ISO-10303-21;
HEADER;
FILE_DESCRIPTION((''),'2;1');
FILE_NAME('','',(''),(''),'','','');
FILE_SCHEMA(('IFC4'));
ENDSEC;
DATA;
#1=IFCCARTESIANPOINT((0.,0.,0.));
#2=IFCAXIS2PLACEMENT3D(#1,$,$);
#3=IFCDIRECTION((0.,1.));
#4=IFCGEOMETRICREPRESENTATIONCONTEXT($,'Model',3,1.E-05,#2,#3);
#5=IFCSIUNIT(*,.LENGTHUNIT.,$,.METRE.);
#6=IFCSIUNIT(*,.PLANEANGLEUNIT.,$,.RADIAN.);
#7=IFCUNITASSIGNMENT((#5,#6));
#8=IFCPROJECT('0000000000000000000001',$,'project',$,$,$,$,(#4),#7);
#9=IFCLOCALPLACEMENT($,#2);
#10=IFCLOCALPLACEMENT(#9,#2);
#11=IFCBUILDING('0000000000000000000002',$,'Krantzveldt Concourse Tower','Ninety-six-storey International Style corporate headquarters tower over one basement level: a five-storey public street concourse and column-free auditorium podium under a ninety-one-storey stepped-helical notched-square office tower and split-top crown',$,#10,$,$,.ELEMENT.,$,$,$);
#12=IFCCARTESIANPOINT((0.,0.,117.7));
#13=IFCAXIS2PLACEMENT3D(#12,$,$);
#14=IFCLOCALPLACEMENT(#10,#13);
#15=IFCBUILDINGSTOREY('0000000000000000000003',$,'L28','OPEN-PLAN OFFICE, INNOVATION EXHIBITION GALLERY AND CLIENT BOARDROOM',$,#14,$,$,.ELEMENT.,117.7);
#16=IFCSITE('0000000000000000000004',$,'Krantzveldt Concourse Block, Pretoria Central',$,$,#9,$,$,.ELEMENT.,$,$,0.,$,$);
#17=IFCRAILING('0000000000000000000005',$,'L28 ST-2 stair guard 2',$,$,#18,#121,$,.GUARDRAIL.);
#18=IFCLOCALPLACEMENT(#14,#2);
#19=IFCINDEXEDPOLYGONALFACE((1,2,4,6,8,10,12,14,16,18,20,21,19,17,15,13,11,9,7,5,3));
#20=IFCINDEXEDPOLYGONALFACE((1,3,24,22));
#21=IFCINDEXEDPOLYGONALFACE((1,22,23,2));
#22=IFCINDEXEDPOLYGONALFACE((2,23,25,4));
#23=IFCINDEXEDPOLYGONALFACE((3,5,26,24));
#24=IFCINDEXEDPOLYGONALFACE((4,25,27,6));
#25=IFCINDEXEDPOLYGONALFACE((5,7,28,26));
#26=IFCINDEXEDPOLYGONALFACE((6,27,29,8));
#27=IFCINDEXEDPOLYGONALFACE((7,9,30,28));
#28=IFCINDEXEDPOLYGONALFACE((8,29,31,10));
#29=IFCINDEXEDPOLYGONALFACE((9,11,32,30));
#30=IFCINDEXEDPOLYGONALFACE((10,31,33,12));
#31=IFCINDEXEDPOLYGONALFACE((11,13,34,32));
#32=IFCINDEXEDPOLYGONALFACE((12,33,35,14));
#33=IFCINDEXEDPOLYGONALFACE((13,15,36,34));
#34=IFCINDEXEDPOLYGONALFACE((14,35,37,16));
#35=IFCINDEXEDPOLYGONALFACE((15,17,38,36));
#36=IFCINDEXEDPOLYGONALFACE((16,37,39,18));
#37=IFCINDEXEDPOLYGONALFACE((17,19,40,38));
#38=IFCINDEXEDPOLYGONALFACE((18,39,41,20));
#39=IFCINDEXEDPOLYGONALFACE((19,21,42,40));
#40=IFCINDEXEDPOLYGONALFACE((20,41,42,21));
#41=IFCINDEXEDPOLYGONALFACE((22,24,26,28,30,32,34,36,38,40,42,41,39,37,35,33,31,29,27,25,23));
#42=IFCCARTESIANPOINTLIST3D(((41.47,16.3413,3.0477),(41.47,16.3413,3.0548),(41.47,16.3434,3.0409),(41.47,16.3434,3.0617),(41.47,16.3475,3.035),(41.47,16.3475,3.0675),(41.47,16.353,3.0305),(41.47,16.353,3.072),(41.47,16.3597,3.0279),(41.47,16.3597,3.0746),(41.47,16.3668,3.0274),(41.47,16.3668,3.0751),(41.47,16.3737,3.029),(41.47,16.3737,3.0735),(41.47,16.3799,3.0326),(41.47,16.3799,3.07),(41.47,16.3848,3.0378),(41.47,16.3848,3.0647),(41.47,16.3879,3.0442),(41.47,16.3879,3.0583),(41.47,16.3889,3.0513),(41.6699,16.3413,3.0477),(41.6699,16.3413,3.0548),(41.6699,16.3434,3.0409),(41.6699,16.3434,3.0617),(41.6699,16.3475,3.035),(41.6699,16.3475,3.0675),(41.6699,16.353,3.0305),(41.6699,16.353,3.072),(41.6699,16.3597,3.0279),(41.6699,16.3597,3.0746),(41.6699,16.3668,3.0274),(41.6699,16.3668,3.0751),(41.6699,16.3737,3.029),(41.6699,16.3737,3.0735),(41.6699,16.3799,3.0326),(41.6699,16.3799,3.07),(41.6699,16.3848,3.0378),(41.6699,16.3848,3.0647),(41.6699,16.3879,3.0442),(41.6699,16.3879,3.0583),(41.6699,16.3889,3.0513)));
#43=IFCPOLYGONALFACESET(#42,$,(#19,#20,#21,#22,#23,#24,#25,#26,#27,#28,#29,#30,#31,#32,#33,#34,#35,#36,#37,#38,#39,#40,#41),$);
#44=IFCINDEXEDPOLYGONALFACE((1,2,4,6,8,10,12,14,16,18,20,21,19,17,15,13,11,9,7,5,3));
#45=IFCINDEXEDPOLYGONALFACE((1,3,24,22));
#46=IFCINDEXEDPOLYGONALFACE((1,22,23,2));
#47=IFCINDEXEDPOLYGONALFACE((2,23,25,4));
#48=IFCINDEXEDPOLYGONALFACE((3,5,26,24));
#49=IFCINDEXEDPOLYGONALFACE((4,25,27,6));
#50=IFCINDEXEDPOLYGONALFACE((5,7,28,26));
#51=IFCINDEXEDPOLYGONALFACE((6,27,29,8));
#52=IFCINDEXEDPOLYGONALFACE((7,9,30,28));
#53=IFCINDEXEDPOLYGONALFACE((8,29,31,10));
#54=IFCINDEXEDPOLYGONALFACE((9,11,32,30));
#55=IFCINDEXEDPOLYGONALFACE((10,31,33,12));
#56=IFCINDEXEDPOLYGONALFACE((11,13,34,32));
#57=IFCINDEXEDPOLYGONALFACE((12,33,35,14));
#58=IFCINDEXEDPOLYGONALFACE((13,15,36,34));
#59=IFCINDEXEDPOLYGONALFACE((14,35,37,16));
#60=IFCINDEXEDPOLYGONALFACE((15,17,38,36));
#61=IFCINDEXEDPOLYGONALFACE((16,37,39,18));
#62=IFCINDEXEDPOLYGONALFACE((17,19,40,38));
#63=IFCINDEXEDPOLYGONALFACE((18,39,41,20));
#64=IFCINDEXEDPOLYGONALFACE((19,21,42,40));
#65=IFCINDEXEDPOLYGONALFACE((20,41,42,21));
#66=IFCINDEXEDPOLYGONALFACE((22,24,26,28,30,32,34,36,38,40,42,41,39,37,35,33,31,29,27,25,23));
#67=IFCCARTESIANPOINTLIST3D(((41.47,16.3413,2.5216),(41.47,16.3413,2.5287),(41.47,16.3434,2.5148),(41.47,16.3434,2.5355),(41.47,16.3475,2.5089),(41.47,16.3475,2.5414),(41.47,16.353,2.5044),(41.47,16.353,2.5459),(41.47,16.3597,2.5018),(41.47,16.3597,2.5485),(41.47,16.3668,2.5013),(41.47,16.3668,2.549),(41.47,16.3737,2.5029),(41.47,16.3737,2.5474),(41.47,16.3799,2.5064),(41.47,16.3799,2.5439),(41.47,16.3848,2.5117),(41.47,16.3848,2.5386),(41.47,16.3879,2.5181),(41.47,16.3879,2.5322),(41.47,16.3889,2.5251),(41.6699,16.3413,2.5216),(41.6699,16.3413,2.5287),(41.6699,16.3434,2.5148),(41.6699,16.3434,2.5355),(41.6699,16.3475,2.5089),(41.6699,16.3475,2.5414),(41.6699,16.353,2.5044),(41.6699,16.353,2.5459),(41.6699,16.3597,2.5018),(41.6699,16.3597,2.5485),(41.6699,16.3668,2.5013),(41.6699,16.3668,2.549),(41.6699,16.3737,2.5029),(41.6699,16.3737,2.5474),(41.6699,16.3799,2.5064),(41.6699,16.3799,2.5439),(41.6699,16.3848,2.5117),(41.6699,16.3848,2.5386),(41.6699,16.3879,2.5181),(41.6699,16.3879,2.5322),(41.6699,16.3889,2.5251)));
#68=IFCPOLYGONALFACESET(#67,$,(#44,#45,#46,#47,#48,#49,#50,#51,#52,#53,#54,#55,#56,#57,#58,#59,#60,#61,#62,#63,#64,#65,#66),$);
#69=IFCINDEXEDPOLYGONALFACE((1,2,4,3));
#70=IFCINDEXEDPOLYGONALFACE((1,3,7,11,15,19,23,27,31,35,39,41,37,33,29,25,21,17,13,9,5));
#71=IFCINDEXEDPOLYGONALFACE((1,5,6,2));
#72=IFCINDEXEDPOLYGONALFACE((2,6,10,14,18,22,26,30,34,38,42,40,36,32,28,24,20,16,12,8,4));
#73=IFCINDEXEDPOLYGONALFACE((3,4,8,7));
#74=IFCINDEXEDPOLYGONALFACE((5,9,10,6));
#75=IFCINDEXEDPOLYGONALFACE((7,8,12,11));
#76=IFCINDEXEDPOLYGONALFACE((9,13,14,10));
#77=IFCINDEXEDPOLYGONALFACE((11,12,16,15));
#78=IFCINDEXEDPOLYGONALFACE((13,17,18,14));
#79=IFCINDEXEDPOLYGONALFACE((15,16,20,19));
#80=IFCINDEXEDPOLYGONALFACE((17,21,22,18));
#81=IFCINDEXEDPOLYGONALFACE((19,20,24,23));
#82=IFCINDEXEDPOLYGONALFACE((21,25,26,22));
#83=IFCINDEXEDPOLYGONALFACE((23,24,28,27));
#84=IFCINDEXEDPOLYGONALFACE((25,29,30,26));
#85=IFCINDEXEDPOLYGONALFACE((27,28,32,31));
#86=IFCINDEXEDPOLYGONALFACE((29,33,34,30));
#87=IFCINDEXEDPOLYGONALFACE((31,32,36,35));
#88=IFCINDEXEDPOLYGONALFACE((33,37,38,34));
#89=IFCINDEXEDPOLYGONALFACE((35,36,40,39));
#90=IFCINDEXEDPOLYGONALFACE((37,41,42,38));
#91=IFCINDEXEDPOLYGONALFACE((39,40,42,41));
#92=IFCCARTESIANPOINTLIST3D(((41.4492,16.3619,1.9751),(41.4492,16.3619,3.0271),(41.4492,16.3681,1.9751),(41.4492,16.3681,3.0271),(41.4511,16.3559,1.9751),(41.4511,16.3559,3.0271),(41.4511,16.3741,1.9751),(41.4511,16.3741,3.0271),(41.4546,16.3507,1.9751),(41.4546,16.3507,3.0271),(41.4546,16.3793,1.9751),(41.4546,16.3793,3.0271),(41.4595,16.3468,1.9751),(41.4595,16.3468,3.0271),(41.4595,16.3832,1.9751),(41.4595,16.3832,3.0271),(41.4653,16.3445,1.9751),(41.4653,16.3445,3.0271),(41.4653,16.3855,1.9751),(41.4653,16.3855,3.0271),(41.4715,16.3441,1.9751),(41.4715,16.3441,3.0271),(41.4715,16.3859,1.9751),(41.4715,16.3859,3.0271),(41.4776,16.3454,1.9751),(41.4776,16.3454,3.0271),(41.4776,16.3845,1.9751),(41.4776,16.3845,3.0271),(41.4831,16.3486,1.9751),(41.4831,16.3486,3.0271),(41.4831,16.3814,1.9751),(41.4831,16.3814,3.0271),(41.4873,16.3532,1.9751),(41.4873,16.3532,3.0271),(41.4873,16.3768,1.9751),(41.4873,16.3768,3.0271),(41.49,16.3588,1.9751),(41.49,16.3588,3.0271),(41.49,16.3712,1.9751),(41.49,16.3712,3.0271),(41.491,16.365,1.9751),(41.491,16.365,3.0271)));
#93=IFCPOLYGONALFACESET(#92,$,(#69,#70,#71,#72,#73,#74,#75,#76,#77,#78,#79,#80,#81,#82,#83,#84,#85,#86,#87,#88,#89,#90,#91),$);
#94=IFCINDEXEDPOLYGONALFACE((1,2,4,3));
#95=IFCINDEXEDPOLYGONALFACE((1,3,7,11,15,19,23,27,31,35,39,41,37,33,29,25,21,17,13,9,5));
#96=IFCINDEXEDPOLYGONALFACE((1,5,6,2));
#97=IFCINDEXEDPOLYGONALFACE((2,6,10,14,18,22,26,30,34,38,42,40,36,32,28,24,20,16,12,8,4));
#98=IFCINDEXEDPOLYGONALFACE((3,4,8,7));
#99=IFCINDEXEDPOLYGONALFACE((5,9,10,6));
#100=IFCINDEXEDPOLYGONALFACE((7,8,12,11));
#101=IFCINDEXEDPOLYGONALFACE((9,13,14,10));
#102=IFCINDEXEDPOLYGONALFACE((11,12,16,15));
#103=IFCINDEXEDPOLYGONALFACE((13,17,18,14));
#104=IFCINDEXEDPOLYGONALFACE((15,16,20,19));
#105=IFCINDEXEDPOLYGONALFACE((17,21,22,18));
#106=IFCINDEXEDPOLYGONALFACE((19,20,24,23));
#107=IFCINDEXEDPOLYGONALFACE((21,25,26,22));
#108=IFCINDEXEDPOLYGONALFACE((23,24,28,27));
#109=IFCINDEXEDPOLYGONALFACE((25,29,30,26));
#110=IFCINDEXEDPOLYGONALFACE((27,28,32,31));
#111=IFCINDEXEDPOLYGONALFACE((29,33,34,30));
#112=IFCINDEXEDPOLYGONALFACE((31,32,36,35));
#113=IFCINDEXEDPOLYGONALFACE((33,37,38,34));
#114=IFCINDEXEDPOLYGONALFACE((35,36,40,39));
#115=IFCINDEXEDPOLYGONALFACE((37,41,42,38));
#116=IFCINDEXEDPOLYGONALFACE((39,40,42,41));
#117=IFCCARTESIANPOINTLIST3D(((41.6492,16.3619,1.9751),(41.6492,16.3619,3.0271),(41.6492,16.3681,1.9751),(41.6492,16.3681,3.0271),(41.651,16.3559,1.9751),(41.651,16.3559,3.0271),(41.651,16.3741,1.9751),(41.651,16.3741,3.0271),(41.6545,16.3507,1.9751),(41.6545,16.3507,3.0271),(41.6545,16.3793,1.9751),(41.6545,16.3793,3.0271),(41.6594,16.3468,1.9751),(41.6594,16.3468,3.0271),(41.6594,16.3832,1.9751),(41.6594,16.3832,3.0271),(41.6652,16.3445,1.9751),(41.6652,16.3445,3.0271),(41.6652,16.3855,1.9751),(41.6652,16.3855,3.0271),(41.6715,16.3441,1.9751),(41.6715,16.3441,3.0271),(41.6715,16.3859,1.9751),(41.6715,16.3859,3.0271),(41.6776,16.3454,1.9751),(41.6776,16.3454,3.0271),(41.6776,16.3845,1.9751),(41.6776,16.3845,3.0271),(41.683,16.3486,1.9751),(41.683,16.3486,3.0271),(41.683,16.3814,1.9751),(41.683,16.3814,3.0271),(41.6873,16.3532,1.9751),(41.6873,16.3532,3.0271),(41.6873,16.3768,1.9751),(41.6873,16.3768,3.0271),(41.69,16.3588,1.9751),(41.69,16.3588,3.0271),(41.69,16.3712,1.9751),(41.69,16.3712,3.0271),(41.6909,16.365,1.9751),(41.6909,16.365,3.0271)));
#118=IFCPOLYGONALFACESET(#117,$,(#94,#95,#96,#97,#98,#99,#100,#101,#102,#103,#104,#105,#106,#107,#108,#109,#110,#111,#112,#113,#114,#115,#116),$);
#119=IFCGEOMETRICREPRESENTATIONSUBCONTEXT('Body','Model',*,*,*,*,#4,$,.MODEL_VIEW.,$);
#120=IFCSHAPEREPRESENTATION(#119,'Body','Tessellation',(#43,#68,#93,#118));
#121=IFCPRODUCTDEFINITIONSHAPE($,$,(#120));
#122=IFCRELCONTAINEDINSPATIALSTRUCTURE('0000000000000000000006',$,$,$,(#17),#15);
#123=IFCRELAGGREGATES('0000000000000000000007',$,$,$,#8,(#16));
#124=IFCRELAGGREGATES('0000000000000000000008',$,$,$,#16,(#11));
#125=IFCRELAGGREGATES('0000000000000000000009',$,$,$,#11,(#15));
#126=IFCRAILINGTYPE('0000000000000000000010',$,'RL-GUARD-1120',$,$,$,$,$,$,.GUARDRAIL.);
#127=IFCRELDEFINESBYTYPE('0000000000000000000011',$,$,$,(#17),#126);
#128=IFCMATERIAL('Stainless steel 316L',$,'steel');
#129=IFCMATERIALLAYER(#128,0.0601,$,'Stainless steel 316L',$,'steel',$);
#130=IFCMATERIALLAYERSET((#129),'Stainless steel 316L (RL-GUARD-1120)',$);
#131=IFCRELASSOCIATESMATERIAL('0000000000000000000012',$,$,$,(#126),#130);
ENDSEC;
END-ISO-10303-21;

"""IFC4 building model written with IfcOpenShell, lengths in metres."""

from ifc_helpers import new_model, si_unit, direction, frame, origin, origin_2d, place, context, subcontext, project, spatial, circle, extrude, material, layer, layer_set, type_object, element, save


model = new_model("IFC4")

# Units and contexts
model_context = context("Model", 3, precision=1e-05, world=origin(), true_north=direction((0.0, 1.0)))
body_context = subcontext(model_context, "Body", "Model", "MODEL_VIEW")
ifc_project = project(units=[si_unit("LENGTHUNIT", "METRE"), si_unit("PLANEANGLEUNIT", "RADIAN")], contexts=[model_context])

# Site, building, storey
site_placement = place(None, origin())
site = spatial("IfcSite", under=ifc_project, at=site_placement, Name="Krantzveldt Concourse Block, Pretoria Central", CompositionType="ELEMENT", RefElevation=0.0)
building_placement = place(site_placement, origin())
building = spatial("IfcBuilding", under=site, at=building_placement, Name="Krantzveldt Concourse Tower", Description="Ninety-six-storey International Style corporate headquarters tower over one basement level: a five-storey public street concourse and column-free auditorium podium under a ninety-one-storey stepped-helical notched-square office tower and split-top crown", CompositionType="ELEMENT")
storey_placement = place(building_placement, frame((0.0, 0.0, 117.7)))
storey = spatial("IfcBuildingStorey", under=building, at=storey_placement, Name="L28", Description="OPEN-PLAN OFFICE, INNOVATION EXHIBITION GALLERY AND CLIENT BOARDROOM", CompositionType="ELEMENT", Elevation=117.7)

# Shared definitions
ifc_material_1 = material(Name="Stainless steel 316L", Category="steel")

# Railing
ifc_layer_1 = layer(ifc_material_1, 0.0601, Name="Stainless steel 316L", Category="steel")
ifc_layer_set_1 = layer_set([ifc_layer_1], Name="Stainless steel 316L (RL-GUARD-1120)")
railing_type_1 = type_object("IfcRailingType", Name="RL-GUARD-1120", PredefinedType="GUARDRAIL", material=ifc_layer_set_1)
railing_1_placement = place(storey_placement, frame((41.47, 16.365, 1.9751)))
element("IfcRailing", 1, at=railing_1_placement, inside=storey, type_object=railing_type_1, Name="L28 ST-2 stair guard 2", PredefinedType="GUARDRAIL", context=body_context, shape_type="SweptSolid", body=[
    extrude(circle(Radius=0.0239, at=origin_2d()), frame((0.0, 0.0, 1.0762), z_axis=(1.0, 0.0, 0.0), x_axis=(0.0, 1.0, 0.0)), (0.0, 0.0, 1.0), 0.2),
    extrude(circle(Radius=0.0239, at=origin_2d()), frame((0.0, 0.0, 0.55), z_axis=(1.0, 0.0, 0.0), x_axis=(0.0, 1.0, 0.0)), (0.0, 0.0, 1.0), 0.2),
    extrude(circle(Radius=0.021, at=origin_2d()), origin(), (0.0, 0.0, 1.0), 1.052),
    extrude(circle(Radius=0.021, at=origin_2d()), frame((0.2, 0.0, 0.0)), (0.0, 0.0, 1.0), 1.052),
])

save(model, "model.ifc")
